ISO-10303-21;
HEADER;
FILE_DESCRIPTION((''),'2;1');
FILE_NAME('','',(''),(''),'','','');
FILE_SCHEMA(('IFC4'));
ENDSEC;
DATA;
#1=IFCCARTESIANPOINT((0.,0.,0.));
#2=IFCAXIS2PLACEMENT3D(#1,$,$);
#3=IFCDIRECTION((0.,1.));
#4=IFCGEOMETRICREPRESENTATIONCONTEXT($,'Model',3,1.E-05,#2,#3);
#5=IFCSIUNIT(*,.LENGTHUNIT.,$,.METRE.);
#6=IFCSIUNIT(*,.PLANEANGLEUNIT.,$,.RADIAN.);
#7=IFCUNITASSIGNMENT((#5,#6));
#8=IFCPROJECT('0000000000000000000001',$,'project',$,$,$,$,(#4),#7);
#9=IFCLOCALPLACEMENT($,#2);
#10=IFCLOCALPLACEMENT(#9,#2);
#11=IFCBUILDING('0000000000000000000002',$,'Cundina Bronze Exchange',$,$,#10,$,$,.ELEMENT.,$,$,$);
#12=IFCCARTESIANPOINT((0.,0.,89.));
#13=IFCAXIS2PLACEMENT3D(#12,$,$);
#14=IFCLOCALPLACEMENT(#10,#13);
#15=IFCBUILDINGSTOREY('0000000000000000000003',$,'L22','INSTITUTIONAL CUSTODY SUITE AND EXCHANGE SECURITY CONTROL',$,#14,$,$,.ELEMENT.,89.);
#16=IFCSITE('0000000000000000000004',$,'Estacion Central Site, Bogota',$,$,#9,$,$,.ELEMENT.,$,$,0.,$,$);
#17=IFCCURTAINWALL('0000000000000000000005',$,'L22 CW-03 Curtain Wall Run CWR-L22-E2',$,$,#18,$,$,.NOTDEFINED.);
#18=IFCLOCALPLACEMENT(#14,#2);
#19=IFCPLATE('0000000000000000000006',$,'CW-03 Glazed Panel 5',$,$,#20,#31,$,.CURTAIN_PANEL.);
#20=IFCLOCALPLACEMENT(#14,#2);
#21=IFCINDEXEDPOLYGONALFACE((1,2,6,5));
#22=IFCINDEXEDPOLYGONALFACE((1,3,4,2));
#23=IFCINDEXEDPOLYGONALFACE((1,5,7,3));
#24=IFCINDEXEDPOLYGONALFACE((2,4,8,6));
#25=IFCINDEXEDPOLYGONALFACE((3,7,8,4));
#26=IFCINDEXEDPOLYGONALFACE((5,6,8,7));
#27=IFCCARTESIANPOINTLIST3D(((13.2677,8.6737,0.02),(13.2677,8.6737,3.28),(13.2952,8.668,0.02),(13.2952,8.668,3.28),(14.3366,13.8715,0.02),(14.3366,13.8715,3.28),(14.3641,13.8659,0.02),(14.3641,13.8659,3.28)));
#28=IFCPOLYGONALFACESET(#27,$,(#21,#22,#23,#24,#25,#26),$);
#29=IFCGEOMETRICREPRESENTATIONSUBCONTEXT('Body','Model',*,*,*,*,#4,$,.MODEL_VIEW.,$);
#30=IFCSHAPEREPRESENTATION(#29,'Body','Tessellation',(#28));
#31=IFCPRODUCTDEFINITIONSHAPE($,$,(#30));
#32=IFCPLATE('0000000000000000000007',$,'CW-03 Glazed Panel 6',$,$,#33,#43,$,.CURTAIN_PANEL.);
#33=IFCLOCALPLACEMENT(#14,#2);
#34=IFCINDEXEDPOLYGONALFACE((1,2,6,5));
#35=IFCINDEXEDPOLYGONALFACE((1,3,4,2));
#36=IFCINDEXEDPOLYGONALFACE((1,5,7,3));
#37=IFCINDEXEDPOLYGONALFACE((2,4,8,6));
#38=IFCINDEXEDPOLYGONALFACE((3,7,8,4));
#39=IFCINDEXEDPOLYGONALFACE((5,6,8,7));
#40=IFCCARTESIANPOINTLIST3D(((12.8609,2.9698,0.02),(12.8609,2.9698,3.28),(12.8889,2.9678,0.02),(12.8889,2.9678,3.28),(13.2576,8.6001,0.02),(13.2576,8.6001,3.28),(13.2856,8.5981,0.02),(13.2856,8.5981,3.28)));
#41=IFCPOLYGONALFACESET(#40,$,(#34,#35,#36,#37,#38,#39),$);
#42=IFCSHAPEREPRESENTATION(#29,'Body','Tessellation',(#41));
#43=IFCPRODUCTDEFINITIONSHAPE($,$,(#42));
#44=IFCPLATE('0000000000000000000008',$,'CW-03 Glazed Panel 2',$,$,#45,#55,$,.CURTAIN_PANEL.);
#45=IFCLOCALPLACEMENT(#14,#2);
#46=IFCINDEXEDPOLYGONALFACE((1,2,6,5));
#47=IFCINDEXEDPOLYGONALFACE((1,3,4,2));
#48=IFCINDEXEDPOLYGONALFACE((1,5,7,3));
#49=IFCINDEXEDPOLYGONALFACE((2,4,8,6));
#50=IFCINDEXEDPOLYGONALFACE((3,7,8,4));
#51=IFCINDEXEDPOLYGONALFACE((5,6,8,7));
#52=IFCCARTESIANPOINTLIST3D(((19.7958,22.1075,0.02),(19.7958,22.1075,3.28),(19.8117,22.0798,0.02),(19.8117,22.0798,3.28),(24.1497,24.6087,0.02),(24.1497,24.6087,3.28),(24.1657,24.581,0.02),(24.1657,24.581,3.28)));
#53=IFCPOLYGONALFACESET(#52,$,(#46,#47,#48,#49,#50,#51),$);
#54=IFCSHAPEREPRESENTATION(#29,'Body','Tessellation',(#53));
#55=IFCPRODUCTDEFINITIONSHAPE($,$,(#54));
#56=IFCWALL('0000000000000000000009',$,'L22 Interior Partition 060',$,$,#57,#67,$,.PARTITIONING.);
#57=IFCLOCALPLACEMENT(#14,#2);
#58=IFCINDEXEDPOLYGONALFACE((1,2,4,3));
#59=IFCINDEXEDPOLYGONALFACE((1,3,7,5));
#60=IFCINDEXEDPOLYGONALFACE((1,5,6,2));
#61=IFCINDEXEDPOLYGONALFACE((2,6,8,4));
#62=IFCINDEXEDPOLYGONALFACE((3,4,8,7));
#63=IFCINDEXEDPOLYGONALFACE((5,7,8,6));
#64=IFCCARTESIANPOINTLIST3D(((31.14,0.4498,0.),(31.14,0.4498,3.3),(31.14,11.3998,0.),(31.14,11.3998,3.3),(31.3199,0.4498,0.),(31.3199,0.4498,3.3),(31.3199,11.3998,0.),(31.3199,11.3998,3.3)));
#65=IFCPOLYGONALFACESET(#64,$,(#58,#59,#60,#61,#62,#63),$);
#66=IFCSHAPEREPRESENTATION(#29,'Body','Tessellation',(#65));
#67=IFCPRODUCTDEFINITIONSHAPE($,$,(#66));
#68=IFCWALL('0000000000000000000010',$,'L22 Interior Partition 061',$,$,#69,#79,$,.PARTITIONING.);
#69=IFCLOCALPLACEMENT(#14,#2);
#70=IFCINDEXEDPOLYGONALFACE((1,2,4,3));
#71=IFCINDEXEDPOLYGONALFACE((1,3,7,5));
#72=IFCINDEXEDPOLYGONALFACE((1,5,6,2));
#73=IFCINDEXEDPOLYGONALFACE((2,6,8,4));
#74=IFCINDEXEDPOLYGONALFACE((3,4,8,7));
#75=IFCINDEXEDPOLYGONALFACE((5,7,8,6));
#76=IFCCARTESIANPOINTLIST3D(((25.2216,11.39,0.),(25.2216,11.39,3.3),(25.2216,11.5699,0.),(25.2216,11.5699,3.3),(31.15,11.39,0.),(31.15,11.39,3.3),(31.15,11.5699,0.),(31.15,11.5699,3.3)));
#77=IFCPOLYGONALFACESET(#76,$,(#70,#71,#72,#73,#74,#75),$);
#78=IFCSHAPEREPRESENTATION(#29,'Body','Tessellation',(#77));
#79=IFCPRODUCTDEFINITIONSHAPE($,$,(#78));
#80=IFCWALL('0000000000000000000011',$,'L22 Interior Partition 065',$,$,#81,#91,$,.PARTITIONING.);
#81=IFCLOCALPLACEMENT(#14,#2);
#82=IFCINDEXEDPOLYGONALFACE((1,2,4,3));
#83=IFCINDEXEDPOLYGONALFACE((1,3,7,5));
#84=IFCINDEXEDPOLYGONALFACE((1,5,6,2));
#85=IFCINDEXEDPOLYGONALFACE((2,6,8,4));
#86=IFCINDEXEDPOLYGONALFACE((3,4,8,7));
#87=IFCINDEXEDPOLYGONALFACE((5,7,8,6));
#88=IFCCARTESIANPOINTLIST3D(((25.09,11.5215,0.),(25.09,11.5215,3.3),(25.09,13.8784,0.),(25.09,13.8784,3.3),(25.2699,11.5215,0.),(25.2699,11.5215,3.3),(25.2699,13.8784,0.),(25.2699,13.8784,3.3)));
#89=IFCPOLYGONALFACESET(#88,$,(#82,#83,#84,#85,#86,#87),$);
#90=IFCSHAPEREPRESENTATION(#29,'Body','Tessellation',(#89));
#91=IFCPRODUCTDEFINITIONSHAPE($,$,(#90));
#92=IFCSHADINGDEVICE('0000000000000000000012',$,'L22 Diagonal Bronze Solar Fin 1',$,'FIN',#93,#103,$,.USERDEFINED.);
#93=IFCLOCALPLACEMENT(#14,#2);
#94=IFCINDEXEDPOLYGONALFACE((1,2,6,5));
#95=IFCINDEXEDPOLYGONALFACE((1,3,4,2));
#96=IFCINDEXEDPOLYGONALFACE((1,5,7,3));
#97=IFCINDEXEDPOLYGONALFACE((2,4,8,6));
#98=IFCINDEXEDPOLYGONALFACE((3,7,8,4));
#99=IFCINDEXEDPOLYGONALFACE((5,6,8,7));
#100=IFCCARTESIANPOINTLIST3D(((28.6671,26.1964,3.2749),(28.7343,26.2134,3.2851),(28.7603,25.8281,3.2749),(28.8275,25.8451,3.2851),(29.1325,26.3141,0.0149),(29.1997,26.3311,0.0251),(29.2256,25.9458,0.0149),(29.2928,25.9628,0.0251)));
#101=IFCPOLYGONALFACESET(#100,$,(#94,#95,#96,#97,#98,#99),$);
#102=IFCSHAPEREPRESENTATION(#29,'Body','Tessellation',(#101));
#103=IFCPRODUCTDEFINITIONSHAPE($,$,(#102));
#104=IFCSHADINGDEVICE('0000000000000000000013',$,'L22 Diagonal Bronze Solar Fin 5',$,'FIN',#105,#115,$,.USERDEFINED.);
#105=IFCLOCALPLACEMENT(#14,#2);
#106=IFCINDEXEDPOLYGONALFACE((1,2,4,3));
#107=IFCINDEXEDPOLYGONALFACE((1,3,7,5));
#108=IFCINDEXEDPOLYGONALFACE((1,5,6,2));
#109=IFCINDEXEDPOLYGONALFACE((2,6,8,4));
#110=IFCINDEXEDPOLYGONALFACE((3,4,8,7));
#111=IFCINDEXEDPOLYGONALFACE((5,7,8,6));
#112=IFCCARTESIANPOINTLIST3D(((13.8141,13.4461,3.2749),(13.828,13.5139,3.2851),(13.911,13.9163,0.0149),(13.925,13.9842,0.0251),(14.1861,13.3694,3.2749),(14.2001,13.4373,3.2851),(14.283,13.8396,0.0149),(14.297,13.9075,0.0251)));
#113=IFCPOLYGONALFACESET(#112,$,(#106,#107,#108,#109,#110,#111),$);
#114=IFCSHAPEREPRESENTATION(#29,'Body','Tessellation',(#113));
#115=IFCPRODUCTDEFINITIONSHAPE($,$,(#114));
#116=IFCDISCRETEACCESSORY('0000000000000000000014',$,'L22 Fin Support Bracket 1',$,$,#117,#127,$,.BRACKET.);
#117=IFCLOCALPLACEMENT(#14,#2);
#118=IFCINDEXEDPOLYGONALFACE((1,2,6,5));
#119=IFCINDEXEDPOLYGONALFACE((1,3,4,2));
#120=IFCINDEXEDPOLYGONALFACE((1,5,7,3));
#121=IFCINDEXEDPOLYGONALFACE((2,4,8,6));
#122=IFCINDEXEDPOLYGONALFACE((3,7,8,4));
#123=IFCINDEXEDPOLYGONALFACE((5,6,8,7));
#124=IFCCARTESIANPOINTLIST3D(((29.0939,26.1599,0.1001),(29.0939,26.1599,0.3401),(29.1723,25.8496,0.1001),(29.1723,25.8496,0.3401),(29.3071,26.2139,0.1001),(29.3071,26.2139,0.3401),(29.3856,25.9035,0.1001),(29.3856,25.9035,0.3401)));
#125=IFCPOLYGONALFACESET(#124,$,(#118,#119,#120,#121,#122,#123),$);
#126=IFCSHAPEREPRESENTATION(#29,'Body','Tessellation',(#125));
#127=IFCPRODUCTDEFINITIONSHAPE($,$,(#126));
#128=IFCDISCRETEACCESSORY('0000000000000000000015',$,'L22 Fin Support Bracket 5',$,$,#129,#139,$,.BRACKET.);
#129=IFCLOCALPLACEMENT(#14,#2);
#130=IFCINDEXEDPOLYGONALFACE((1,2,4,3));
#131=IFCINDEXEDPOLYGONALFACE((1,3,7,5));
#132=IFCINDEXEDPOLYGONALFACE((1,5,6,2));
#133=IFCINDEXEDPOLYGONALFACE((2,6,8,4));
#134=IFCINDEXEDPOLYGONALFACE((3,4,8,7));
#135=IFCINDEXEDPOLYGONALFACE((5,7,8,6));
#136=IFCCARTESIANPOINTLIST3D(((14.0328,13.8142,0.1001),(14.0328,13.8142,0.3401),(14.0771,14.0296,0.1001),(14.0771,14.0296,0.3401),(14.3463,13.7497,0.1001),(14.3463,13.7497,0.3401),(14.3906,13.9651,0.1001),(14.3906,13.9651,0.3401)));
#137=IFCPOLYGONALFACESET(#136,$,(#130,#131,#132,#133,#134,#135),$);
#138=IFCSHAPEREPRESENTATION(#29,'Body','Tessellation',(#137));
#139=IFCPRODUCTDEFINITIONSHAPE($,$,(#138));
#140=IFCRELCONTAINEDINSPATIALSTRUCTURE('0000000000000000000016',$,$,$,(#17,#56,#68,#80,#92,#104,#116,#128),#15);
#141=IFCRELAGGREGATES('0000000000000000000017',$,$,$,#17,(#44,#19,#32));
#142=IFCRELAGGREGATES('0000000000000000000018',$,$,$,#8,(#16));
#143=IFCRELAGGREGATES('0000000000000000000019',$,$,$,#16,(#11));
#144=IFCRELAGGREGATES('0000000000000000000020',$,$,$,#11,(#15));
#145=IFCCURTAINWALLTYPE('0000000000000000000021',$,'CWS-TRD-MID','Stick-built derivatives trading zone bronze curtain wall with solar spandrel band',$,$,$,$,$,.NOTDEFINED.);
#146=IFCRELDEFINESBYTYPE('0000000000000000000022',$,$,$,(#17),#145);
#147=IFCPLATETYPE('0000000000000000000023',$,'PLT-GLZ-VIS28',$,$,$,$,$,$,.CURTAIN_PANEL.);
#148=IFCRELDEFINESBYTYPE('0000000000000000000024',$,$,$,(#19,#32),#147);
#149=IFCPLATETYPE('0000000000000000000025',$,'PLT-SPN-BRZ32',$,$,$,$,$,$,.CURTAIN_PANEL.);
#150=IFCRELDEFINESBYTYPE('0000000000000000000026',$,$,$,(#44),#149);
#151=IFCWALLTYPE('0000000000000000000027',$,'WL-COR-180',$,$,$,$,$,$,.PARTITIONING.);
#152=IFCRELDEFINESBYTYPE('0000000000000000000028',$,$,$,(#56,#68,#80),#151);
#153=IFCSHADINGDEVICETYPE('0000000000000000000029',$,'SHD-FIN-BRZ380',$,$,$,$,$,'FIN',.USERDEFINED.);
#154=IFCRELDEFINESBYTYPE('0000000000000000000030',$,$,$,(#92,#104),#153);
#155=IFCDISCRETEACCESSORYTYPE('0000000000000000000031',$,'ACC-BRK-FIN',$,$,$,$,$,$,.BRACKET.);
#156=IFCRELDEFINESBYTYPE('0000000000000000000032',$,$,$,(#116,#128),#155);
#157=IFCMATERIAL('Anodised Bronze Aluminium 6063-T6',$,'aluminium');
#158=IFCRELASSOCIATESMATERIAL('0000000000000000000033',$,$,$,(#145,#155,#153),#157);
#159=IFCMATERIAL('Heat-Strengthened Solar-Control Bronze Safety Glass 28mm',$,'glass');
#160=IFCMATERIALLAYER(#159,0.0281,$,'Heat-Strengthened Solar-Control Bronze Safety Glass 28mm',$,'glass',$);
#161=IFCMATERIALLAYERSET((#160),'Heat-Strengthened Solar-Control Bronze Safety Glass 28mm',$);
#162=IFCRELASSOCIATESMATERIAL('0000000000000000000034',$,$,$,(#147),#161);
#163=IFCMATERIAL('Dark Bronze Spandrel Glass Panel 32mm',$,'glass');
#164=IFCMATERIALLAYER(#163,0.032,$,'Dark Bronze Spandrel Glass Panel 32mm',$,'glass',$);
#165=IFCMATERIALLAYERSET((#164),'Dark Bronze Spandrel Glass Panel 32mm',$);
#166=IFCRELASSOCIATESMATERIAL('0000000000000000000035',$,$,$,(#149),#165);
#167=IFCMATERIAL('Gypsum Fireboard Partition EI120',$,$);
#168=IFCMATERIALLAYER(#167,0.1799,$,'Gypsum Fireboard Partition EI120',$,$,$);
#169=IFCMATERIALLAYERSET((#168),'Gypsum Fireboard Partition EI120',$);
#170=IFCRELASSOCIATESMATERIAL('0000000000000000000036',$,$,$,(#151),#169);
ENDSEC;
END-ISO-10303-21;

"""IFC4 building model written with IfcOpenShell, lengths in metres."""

from ifc_helpers import new_model, si_unit, direction, frame, frame_2d, origin, origin_2d, place, context, subcontext, project, spatial, rectangle, extrude, material, layer, layer_set, material_profile, profile_set, type_object, element, aggregate, save


model = new_model("IFC4")

# Units and contexts
model_context = context("Model", 3, precision=1e-05, world=origin(), true_north=direction((0.0, 1.0)))
body_context = subcontext(model_context, "Body", "Model", "MODEL_VIEW")
ifc_project = project(units=[si_unit("LENGTHUNIT", "METRE"), si_unit("PLANEANGLEUNIT", "RADIAN")], contexts=[model_context])

# Site, building, storey
site_placement = place(None, origin())
site = spatial("IfcSite", under=ifc_project, at=site_placement, Name="Estacion Central Site, Bogota", CompositionType="ELEMENT", RefElevation=0.0)
building_placement = place(site_placement, origin())
building = spatial("IfcBuilding", under=site, at=building_placement, Name="Cundina Bronze Exchange", CompositionType="ELEMENT")
storey_placement = place(building_placement, frame((0.0, 0.0, 89.0)))
storey = spatial("IfcBuildingStorey", under=building, at=storey_placement, Name="L22", Description="INSTITUTIONAL CUSTODY SUITE AND EXCHANGE SECURITY CONTROL", CompositionType="ELEMENT", Elevation=89.0)

# Shared definitions
ifc_material_1 = material(Name="Anodised Bronze Aluminium 6063-T6", Category="aluminium")
curtain_wall_type = type_object("IfcCurtainWallType", Name="CWS-TRD-MID", Description="Stick-built derivatives trading zone bronze curtain wall with solar spandrel band", PredefinedType="NOTDEFINED", material=ifc_material_1)

# Curtain wall, plates
curtain_wall_1_placement = place(storey_placement, origin())
curtain_wall_1 = element("IfcCurtainWall", 1, at=curtain_wall_1_placement, inside=storey, type_object=curtain_wall_type, Name="L22 CW-03 Curtain Wall Run CWR-L22-E2", PredefinedType="NOTDEFINED")
ifc_material_2 = material(Name="Heat-Strengthened Solar-Control Bronze Safety Glass 28mm", Category="glass")
ifc_layer_1 = layer(ifc_material_2, 0.0281, Name="Heat-Strengthened Solar-Control Bronze Safety Glass 28mm", Category="glass")
ifc_layer_set_1 = layer_set([ifc_layer_1], Name="Heat-Strengthened Solar-Control Bronze Safety Glass 28mm")
plate_type_1 = type_object("IfcPlateType", Name="PLT-GLZ-VIS28", PredefinedType="CURTAIN_PANEL", material=ifc_layer_set_1)
plate_1_placement = place(storey_placement, frame((13.8159, 11.2698, 0.02), z_axis=(0.0, 0.0, 1.0), x_axis=(-0.20142, -0.979505, 0.0)))
plate_1 = element("IfcPlate", 2, at=plate_1_placement, type_object=plate_type_1, Name="CW-03 Glazed Panel 5", PredefinedType="CURTAIN_PANEL", context=body_context, shape_type="SweptSolid", body=[
    extrude(rectangle(XDim=5.3066, YDim=0.0281, at=origin_2d()), origin(), (0.0, 0.0, 1.0), 3.26),
])
plate_2_placement = place(storey_placement, frame((13.0732, 5.7839, 0.02), z_axis=(0.0, 0.0, 1.0), x_axis=(-0.070279, -0.997527, 0.0)))
plate_2 = element("IfcPlate", 3, at=plate_2_placement, type_object=plate_type_1, Name="CW-03 Glazed Panel 6", PredefinedType="CURTAIN_PANEL", context=body_context, shape_type="SweptSolid", body=[
    extrude(rectangle(XDim=5.6443, YDim=0.0281, at=origin_2d()), origin(), (0.0, 0.0, 1.0), 3.26),
])
ifc_material_3 = material(Name="Dark Bronze Spandrel Glass Panel 32mm", Category="glass")
ifc_layer_2 = layer(ifc_material_3, 0.032, Name="Dark Bronze Spandrel Glass Panel 32mm", Category="glass")
ifc_layer_set_2 = layer_set([ifc_layer_2], Name="Dark Bronze Spandrel Glass Panel 32mm")
plate_type_2 = type_object("IfcPlateType", Name="PLT-SPN-BRZ32", PredefinedType="CURTAIN_PANEL", material=ifc_layer_set_2)
plate_3_placement = place(storey_placement, frame((21.9807, 23.3442, 0.02), z_axis=(0.0, 0.0, 1.0), x_axis=(-0.867105, -0.498125, 0.0)))
plate_3 = element("IfcPlate", 4, at=plate_3_placement, type_object=plate_type_2, Name="CW-03 Glazed Panel 2", PredefinedType="CURTAIN_PANEL", context=body_context, shape_type="SweptSolid", body=[
    extrude(rectangle(XDim=5.0212, YDim=0.032, at=origin_2d()), origin(), (0.0, 0.0, 1.0), 3.26),
])
aggregate(curtain_wall_1, [plate_3, plate_1, plate_2])

# Walls
ifc_material_4 = material(Name="Gypsum Fireboard Partition EI120")
ifc_layer_3 = layer(ifc_material_4, 0.1799, Name="Gypsum Fireboard Partition EI120")
ifc_layer_set_3 = layer_set([ifc_layer_3], Name="Gypsum Fireboard Partition EI120")
wall_type = type_object("IfcWallType", Name="WL-COR-180", PredefinedType="PARTITIONING", material=ifc_layer_set_3)
wall_1_placement = place(storey_placement, frame((31.23, 11.3999, 0.0), z_axis=(0.0, 0.0, 1.0), x_axis=(0.0, -1.0, 0.0)))
element("IfcWall", 5, at=wall_1_placement, inside=storey, type_object=wall_type, Name="L22 Interior Partition 060", PredefinedType="PARTITIONING", context=body_context, shape_type="SweptSolid", body=[
    extrude(rectangle(XDim=10.95, YDim=0.1799, at=frame_2d((5.4751, 0.0))), origin(), (0.0, 0.0, 1.0), 3.3),
])
wall_2_placement = place(storey_placement, frame((25.2214, 11.48, 0.0), z_axis=(0.0, 0.0, 1.0), x_axis=(1.0, 0.0, 0.0)))
element("IfcWall", 6, at=wall_2_placement, inside=storey, type_object=wall_type, Name="L22 Interior Partition 061", PredefinedType="PARTITIONING", context=body_context, shape_type="SweptSolid", body=[
    extrude(rectangle(XDim=5.9285, YDim=0.1799, at=frame_2d((2.9644, 0.0))), origin(), (0.0, 0.0, 1.0), 3.3),
])
wall_3_placement = place(storey_placement, frame((25.1799, 13.8784, 0.0), z_axis=(0.0, 0.0, 1.0), x_axis=(0.0, -1.0, 0.0)))
element("IfcWall", 7, at=wall_3_placement, inside=storey, type_object=wall_type, Name="L22 Interior Partition 065", PredefinedType="PARTITIONING", context=body_context, shape_type="SweptSolid", body=[
    extrude(rectangle(XDim=2.3569, YDim=0.1799, at=frame_2d((1.1785, 0.0))), origin(), (0.0, 0.0, 1.0), 3.3),
])

# Shading devices
ifc_material_profile_1 = material_profile(ifc_material_1, rectangle(XDim=0.0701, YDim=0.3799, at=origin_2d()), Name="FIN70X380", Category="aluminium")
ifc_profile_set_1 = profile_set([ifc_material_profile_1], Name="Anodised Bronze Aluminium 6063-T6")
shading_device_type = type_object("IfcShadingDeviceType", Name="SHD-FIN-BRZ380", ElementType="FIN", PredefinedType="USERDEFINED", material=ifc_profile_set_1)
for number, where, z_axis, x_axis, name in (
    (8, (29.2126, 26.1384, 0.02), (-0.141217, -0.035712, 0.989334), (0.959141, 0.242553, 0.145663), "L22 Diagonal Bronze Solar Fin 1"),
    (9, (14.104, 13.9119, 0.02), (-0.029414, -0.142698, 0.989329), (0.199728, 0.968959, 0.145698), "L22 Diagonal Bronze Solar Fin 5"),
):
    element("IfcShadingDevice", number, at=place(storey_placement, frame(where, z_axis=z_axis, x_axis=x_axis)), inside=storey, type_object=shading_device_type, Name=name, ObjectType="FIN", PredefinedType="USERDEFINED", context=body_context, shape_type="SweptSolid", body=[
        extrude(rectangle(XDim=0.0701, YDim=0.3799, at=origin_2d()), origin(), (0.0, 0.0, 1.0), 3.2952),
    ])

# Discrete accessories
discrete_accessory_type = type_object("IfcDiscreteAccessoryType", Name="ACC-BRK-FIN", PredefinedType="BRACKET", material=ifc_material_1)
for number, where, z_axis, x_axis, name in (
    (10, (29.2397, 26.0317, 0.1001), (0.0, 0.0, 1.0), (-0.969488, -0.245138, 0.0), "L22 Fin Support Bracket 1"),
    (11, (14.2117, 13.8896, 0.1001), (0.0, 0.0, 1.0), (-0.20142, -0.979505, 0.0), "L22 Fin Support Bracket 5"),
):
    element("IfcDiscreteAccessory", number, at=place(storey_placement, frame(where, z_axis=z_axis, x_axis=x_axis)), inside=storey, type_object=discrete_accessory_type, Name=name, PredefinedType="BRACKET", context=body_context, shape_type="SweptSolid", body=[
        extrude(rectangle(XDim=0.22, YDim=0.3201, at=origin_2d()), origin(), (0.0, 0.0, 1.0), 0.24),
    ])

save(model, "model.ifc")
